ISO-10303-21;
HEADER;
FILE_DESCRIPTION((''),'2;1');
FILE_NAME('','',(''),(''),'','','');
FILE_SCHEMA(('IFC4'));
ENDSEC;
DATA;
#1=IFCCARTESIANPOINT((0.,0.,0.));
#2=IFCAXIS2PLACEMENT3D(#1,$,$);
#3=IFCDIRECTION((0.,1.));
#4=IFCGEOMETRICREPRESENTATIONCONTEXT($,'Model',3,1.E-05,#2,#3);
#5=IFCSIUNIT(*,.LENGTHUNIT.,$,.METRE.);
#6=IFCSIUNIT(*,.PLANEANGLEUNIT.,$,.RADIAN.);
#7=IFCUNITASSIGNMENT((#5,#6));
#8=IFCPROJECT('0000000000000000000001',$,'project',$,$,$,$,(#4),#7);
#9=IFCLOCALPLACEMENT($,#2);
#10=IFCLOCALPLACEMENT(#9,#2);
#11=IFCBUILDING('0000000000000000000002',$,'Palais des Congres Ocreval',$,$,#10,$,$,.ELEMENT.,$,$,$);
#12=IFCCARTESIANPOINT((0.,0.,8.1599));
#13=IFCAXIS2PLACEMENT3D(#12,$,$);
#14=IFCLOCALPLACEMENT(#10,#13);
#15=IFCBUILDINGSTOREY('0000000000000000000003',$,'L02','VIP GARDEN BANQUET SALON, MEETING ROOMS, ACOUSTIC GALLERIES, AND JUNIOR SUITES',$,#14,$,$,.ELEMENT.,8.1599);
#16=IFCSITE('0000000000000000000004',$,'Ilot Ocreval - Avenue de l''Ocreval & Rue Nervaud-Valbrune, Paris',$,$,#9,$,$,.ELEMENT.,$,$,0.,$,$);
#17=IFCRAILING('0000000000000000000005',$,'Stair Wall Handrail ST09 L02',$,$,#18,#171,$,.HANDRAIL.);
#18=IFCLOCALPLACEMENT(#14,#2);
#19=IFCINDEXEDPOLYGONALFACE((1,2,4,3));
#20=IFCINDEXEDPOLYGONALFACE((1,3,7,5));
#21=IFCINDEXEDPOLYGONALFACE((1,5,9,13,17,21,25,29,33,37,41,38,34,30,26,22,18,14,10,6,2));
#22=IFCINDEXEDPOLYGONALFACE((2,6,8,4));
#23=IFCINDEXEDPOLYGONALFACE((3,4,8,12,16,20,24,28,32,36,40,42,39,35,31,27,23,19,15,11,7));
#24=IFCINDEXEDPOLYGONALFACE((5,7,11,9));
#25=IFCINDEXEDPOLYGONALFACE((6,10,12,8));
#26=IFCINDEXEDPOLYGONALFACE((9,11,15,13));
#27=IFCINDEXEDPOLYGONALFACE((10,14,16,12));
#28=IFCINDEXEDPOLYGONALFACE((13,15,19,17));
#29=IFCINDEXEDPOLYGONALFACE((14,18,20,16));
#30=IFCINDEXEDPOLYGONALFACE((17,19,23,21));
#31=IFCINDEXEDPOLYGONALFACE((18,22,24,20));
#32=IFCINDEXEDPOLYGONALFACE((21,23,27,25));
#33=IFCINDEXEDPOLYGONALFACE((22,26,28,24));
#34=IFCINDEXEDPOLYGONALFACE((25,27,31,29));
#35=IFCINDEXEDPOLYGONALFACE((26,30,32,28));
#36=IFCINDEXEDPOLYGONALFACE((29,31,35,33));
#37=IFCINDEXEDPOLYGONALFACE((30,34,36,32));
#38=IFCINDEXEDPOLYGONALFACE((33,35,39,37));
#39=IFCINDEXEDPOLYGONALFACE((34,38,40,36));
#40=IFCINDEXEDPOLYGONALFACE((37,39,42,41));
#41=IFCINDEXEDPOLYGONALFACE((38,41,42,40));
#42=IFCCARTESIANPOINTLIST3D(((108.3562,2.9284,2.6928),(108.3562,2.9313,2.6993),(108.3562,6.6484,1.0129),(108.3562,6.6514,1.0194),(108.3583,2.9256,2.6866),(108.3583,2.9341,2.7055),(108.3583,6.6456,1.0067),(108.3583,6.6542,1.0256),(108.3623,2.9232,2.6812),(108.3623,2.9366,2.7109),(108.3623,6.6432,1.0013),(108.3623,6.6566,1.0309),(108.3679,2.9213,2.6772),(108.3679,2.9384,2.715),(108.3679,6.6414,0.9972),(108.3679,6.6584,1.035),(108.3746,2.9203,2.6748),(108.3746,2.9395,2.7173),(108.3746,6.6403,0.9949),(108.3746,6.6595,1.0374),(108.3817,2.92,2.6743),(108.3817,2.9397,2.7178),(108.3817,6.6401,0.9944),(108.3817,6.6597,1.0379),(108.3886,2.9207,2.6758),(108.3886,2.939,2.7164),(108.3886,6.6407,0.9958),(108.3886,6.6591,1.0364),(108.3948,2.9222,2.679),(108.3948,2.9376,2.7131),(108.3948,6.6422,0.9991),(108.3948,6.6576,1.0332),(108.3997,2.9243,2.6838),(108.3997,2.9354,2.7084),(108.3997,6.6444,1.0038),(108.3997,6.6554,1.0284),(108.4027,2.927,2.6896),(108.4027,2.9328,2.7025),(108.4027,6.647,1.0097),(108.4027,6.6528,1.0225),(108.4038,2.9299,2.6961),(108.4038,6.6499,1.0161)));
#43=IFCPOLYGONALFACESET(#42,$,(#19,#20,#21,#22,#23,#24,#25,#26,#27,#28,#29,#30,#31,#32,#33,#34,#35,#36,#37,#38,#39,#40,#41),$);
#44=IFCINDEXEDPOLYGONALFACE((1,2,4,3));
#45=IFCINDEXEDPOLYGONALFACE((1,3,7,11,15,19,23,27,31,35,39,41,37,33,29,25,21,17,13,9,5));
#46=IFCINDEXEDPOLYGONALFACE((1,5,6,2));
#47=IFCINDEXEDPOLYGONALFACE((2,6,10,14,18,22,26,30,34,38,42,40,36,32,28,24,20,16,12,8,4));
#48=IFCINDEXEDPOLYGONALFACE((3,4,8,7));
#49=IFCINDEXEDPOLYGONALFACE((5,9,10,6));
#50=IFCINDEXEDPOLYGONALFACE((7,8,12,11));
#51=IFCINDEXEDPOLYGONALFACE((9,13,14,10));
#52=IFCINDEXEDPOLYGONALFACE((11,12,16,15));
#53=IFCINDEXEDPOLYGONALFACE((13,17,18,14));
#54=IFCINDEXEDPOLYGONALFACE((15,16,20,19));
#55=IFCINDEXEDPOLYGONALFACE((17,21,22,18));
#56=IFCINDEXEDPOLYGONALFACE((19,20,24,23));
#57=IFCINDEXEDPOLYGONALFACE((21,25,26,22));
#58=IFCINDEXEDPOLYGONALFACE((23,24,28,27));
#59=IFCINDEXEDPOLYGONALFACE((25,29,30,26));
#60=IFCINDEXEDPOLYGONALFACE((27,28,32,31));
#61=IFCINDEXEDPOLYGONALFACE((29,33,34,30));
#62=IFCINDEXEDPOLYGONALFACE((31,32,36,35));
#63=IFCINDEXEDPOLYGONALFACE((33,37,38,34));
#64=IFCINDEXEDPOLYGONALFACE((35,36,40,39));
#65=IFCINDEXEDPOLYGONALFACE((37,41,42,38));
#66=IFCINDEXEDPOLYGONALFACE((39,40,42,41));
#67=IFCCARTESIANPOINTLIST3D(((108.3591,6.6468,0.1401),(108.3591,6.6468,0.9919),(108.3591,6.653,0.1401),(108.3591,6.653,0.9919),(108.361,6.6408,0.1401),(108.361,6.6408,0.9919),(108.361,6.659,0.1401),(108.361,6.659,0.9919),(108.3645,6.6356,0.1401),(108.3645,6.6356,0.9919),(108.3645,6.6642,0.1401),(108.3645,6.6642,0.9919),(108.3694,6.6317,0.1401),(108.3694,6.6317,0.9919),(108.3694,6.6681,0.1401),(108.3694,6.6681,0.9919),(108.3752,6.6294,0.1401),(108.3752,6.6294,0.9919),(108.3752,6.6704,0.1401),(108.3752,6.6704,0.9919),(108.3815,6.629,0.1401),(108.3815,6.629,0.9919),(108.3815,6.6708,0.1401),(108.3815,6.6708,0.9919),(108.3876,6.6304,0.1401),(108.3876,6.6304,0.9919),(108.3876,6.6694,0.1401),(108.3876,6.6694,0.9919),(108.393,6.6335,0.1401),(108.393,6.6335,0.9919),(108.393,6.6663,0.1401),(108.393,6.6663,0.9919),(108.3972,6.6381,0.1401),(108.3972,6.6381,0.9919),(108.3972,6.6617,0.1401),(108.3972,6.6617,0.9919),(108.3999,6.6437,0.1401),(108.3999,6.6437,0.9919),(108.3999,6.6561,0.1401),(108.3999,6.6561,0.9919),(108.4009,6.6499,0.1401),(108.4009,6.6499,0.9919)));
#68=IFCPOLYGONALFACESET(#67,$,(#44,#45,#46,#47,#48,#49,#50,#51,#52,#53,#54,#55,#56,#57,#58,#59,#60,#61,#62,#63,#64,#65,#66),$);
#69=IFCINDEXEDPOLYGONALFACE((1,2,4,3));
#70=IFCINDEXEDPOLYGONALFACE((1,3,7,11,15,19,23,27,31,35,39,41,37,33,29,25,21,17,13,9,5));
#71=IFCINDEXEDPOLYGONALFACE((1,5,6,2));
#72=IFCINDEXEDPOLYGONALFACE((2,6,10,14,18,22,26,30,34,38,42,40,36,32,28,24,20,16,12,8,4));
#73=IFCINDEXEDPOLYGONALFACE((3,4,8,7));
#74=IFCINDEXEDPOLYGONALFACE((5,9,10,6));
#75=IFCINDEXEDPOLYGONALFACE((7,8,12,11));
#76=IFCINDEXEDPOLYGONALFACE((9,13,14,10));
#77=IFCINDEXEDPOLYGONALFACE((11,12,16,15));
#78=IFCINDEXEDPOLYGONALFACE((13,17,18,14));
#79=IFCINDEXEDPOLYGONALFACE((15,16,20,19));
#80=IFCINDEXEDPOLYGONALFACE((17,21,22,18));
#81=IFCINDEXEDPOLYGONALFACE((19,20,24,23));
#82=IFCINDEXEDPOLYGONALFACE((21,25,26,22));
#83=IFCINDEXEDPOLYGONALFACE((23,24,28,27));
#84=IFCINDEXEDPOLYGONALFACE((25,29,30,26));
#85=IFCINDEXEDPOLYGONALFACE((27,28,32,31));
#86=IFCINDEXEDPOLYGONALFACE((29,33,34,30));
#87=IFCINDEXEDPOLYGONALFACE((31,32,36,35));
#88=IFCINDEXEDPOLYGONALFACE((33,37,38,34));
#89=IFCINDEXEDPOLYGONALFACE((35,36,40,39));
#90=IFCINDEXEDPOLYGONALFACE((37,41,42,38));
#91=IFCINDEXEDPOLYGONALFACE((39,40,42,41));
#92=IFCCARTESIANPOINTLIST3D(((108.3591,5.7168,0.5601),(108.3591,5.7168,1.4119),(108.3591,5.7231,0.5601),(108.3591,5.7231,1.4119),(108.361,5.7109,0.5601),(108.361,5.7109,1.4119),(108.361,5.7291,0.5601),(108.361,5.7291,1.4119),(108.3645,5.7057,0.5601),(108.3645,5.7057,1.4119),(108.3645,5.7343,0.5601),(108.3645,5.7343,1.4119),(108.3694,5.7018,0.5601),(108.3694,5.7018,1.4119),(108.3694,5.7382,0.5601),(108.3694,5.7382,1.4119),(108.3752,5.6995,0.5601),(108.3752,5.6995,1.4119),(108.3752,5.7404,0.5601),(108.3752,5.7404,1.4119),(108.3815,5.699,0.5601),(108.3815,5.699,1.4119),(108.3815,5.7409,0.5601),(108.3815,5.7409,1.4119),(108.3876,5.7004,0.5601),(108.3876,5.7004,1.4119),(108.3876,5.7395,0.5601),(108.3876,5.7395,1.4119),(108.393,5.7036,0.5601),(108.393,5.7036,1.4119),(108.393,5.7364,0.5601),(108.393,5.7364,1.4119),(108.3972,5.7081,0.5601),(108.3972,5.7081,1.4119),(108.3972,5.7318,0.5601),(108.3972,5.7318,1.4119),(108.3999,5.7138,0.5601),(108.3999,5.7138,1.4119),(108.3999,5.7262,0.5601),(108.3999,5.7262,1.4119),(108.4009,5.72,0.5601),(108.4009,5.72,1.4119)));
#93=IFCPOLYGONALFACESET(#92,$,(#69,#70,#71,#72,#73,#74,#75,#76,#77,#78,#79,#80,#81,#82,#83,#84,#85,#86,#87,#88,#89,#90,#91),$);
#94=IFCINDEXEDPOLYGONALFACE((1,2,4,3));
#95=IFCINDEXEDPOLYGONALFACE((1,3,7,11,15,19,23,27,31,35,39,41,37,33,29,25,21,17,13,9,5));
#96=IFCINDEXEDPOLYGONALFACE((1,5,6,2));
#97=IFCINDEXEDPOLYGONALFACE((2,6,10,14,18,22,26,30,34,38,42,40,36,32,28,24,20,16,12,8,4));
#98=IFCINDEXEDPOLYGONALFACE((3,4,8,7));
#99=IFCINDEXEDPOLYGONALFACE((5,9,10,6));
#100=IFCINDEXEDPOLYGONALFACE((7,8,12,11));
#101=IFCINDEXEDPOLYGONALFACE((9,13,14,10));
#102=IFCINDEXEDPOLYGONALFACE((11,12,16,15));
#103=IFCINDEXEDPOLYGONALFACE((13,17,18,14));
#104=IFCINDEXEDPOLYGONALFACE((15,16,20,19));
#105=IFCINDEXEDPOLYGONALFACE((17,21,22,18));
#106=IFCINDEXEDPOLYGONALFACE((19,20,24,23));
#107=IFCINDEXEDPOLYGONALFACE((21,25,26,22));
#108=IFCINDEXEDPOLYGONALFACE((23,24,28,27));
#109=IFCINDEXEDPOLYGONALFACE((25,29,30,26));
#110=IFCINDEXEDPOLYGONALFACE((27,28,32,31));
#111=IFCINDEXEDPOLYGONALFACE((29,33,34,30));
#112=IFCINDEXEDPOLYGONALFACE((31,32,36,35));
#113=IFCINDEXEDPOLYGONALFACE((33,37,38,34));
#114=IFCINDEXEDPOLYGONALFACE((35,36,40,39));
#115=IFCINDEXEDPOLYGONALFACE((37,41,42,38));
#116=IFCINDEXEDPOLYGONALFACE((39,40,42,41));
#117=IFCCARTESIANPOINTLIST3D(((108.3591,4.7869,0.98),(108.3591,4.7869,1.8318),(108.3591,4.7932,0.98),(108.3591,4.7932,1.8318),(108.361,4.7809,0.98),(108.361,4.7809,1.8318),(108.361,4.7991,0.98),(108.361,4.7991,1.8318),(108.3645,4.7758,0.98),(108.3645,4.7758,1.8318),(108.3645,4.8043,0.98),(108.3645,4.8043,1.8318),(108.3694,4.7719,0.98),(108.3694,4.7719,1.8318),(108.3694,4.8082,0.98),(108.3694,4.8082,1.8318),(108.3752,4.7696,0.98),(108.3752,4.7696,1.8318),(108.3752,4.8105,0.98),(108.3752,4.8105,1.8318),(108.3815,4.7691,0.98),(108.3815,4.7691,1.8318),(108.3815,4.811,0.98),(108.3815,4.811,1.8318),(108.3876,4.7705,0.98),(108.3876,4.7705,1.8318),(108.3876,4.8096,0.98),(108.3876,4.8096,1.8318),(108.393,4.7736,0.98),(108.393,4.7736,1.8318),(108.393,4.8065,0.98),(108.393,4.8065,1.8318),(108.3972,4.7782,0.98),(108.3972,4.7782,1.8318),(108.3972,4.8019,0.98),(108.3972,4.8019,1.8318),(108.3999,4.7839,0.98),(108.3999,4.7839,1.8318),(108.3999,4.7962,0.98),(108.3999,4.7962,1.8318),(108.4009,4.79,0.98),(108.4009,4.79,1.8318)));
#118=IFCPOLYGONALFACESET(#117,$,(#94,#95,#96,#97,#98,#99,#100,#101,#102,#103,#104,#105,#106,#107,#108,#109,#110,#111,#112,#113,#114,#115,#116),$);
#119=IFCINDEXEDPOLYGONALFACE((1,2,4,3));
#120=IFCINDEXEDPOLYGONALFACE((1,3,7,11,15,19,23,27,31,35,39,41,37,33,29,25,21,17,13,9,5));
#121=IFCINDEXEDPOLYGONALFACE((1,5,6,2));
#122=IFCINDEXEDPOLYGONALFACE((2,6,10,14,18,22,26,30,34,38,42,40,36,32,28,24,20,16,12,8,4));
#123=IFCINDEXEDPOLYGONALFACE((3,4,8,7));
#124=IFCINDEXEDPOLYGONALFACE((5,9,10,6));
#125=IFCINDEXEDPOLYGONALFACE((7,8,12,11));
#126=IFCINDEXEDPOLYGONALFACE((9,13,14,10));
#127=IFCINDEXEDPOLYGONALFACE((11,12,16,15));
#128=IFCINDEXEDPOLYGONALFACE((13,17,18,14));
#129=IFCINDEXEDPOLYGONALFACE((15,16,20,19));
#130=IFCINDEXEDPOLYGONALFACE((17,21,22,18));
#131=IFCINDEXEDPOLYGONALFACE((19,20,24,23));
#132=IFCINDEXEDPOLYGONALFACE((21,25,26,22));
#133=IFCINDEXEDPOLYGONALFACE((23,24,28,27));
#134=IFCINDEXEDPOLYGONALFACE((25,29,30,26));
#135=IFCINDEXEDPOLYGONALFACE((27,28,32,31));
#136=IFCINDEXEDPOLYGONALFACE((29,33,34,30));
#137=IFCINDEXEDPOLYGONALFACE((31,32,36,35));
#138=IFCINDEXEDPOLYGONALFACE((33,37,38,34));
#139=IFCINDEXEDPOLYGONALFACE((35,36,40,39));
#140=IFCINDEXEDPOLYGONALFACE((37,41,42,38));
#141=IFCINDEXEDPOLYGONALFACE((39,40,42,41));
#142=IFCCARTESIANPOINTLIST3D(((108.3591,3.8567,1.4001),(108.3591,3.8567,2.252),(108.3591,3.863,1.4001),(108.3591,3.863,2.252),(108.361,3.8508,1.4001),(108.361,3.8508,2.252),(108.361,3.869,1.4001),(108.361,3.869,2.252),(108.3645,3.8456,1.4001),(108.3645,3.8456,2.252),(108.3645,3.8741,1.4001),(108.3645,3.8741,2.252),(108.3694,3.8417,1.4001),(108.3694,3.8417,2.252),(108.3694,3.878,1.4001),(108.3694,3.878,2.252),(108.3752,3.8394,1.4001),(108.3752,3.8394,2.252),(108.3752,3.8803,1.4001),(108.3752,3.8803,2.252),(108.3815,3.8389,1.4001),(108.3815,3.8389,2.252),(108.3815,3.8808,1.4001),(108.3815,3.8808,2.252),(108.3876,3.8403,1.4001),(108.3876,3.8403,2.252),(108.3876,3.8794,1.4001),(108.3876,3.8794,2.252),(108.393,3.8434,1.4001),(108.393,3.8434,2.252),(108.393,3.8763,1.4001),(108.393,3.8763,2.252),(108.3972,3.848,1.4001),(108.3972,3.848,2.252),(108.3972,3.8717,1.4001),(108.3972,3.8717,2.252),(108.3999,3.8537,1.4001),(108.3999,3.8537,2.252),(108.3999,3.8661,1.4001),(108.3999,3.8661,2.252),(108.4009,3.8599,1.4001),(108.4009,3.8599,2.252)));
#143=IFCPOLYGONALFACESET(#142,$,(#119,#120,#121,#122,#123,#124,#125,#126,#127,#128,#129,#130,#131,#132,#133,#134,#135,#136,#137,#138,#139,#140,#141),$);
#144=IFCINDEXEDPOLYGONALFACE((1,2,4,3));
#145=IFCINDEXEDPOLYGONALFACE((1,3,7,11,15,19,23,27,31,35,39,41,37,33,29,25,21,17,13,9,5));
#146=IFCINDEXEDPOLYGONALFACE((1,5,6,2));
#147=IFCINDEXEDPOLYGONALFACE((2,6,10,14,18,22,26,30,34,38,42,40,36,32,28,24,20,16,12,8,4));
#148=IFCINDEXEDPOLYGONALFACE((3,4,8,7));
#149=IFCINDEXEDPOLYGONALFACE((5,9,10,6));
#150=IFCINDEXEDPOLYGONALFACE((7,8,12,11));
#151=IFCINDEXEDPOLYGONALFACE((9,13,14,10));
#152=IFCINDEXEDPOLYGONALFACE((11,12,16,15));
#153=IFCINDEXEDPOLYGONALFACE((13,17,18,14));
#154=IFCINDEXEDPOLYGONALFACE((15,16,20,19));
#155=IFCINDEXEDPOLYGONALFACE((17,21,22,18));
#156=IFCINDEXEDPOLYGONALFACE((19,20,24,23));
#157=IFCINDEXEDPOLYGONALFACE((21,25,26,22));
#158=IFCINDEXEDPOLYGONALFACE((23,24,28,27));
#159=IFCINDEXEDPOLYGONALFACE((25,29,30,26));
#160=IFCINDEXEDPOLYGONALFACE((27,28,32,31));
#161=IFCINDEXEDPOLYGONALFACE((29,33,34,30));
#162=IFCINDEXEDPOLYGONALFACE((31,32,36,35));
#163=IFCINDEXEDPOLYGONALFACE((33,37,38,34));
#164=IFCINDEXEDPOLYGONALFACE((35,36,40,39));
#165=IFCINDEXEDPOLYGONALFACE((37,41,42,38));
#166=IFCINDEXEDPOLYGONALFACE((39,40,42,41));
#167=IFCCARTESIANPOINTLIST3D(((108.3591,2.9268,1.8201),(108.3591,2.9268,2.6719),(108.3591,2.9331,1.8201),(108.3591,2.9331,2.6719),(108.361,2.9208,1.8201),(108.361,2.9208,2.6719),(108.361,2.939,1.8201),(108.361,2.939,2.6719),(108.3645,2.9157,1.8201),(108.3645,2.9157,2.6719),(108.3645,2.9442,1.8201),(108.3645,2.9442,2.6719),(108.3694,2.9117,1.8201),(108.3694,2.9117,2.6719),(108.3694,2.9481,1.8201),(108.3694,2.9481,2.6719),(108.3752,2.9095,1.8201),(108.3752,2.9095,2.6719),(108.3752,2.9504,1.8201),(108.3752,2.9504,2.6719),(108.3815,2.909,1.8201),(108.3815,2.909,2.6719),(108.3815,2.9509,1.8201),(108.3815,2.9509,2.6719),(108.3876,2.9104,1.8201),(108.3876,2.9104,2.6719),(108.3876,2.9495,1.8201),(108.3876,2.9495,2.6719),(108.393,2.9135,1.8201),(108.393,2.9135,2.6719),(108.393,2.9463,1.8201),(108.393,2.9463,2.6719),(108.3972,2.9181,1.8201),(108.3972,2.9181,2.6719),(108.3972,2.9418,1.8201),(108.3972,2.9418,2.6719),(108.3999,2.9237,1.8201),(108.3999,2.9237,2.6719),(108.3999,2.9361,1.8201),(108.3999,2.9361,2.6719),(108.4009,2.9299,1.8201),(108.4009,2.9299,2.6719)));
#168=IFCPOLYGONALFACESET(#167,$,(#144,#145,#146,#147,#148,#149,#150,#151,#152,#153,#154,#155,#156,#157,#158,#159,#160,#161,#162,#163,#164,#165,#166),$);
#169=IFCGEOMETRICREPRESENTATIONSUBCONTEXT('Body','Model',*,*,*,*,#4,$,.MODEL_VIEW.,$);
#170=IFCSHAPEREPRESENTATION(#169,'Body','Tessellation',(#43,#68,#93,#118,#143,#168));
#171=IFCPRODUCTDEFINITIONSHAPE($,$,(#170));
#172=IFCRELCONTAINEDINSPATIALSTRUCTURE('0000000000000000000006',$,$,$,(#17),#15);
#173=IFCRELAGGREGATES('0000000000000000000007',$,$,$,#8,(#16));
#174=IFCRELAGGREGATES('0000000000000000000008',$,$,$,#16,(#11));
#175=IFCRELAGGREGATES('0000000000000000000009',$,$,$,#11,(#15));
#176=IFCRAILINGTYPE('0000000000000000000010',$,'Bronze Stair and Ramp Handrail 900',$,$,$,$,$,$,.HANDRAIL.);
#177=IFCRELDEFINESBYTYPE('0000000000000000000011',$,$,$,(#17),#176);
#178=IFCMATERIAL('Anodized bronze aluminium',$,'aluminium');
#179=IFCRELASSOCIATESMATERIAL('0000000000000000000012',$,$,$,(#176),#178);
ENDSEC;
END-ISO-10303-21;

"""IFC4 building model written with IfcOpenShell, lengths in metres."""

from ifc_helpers import new_model, si_unit, direction, frame, origin, origin_2d, place, context, subcontext, project, spatial, circle, extrude, material, type_object, element, save


model = new_model("IFC4")

# Units and contexts
model_context = context("Model", 3, precision=1e-05, world=origin(), true_north=direction((0.0, 1.0)))
body_context = subcontext(model_context, "Body", "Model", "MODEL_VIEW")
ifc_project = project(units=[si_unit("LENGTHUNIT", "METRE"), si_unit("PLANEANGLEUNIT", "RADIAN")], contexts=[model_context])

# Site, building, storey
site_placement = place(None, origin())
site = spatial("IfcSite", under=ifc_project, at=site_placement, Name="Ilot Ocreval - Avenue de l'Ocreval & Rue Nervaud-Valbrune, Paris", CompositionType="ELEMENT", RefElevation=0.0)
building_placement = place(site_placement, origin())
building = spatial("IfcBuilding", under=site, at=building_placement, Name="Palais des Congres Ocreval", CompositionType="ELEMENT")
storey_placement = place(building_placement, frame((0.0, 0.0, 8.1599)))
storey = spatial("IfcBuildingStorey", under=building, at=storey_placement, Name="L02", Description="VIP GARDEN BANQUET SALON, MEETING ROOMS, ACOUSTIC GALLERIES, AND JUNIOR SUITES", CompositionType="ELEMENT", Elevation=8.1599)

# Shared definitions
ifc_material_1 = material(Name="Anodized bronze aluminium", Category="aluminium")

# Railing
railing_type = type_object("IfcRailingType", Name="Bronze Stair and Ramp Handrail 900", PredefinedType="HANDRAIL", material=ifc_material_1)
railing_placement = place(storey_placement, frame((108.3799, 6.6499, 0.1401)))
element("IfcRailing", 1, at=railing_placement, inside=storey, type_object=railing_type, Name="Stair Wall Handrail ST09 L02", PredefinedType="HANDRAIL", context=body_context, shape_type="SweptSolid", body=[
    extrude(circle(Radius=0.0239, at=origin_2d()), frame((0.0, 0.0, 0.876), z_axis=(0.0, -0.911376, 0.411576), x_axis=(1.0, 0.0, 0.0)), (0.0, 0.0, 1.0), 4.0818),
    extrude(circle(Radius=0.021, at=origin_2d()), origin(), (0.0, 0.0, 1.0), 0.8518),
    extrude(circle(Radius=0.021, at=origin_2d()), frame((0.0, -0.9299, 0.4199)), (0.0, 0.0, 1.0), 0.8518),
    extrude(circle(Radius=0.021, at=origin_2d()), frame((0.0, -1.8599, 0.8398)), (0.0, 0.0, 1.0), 0.8518),
    extrude(circle(Radius=0.021, at=origin_2d()), frame((0.0, -2.79, 1.26)), (0.0, 0.0, 1.0), 0.8518),
    extrude(circle(Radius=0.021, at=origin_2d()), frame((0.0, -3.72, 1.6799)), (0.0, 0.0, 1.0), 0.8518),
])

save(model, "model.ifc")
